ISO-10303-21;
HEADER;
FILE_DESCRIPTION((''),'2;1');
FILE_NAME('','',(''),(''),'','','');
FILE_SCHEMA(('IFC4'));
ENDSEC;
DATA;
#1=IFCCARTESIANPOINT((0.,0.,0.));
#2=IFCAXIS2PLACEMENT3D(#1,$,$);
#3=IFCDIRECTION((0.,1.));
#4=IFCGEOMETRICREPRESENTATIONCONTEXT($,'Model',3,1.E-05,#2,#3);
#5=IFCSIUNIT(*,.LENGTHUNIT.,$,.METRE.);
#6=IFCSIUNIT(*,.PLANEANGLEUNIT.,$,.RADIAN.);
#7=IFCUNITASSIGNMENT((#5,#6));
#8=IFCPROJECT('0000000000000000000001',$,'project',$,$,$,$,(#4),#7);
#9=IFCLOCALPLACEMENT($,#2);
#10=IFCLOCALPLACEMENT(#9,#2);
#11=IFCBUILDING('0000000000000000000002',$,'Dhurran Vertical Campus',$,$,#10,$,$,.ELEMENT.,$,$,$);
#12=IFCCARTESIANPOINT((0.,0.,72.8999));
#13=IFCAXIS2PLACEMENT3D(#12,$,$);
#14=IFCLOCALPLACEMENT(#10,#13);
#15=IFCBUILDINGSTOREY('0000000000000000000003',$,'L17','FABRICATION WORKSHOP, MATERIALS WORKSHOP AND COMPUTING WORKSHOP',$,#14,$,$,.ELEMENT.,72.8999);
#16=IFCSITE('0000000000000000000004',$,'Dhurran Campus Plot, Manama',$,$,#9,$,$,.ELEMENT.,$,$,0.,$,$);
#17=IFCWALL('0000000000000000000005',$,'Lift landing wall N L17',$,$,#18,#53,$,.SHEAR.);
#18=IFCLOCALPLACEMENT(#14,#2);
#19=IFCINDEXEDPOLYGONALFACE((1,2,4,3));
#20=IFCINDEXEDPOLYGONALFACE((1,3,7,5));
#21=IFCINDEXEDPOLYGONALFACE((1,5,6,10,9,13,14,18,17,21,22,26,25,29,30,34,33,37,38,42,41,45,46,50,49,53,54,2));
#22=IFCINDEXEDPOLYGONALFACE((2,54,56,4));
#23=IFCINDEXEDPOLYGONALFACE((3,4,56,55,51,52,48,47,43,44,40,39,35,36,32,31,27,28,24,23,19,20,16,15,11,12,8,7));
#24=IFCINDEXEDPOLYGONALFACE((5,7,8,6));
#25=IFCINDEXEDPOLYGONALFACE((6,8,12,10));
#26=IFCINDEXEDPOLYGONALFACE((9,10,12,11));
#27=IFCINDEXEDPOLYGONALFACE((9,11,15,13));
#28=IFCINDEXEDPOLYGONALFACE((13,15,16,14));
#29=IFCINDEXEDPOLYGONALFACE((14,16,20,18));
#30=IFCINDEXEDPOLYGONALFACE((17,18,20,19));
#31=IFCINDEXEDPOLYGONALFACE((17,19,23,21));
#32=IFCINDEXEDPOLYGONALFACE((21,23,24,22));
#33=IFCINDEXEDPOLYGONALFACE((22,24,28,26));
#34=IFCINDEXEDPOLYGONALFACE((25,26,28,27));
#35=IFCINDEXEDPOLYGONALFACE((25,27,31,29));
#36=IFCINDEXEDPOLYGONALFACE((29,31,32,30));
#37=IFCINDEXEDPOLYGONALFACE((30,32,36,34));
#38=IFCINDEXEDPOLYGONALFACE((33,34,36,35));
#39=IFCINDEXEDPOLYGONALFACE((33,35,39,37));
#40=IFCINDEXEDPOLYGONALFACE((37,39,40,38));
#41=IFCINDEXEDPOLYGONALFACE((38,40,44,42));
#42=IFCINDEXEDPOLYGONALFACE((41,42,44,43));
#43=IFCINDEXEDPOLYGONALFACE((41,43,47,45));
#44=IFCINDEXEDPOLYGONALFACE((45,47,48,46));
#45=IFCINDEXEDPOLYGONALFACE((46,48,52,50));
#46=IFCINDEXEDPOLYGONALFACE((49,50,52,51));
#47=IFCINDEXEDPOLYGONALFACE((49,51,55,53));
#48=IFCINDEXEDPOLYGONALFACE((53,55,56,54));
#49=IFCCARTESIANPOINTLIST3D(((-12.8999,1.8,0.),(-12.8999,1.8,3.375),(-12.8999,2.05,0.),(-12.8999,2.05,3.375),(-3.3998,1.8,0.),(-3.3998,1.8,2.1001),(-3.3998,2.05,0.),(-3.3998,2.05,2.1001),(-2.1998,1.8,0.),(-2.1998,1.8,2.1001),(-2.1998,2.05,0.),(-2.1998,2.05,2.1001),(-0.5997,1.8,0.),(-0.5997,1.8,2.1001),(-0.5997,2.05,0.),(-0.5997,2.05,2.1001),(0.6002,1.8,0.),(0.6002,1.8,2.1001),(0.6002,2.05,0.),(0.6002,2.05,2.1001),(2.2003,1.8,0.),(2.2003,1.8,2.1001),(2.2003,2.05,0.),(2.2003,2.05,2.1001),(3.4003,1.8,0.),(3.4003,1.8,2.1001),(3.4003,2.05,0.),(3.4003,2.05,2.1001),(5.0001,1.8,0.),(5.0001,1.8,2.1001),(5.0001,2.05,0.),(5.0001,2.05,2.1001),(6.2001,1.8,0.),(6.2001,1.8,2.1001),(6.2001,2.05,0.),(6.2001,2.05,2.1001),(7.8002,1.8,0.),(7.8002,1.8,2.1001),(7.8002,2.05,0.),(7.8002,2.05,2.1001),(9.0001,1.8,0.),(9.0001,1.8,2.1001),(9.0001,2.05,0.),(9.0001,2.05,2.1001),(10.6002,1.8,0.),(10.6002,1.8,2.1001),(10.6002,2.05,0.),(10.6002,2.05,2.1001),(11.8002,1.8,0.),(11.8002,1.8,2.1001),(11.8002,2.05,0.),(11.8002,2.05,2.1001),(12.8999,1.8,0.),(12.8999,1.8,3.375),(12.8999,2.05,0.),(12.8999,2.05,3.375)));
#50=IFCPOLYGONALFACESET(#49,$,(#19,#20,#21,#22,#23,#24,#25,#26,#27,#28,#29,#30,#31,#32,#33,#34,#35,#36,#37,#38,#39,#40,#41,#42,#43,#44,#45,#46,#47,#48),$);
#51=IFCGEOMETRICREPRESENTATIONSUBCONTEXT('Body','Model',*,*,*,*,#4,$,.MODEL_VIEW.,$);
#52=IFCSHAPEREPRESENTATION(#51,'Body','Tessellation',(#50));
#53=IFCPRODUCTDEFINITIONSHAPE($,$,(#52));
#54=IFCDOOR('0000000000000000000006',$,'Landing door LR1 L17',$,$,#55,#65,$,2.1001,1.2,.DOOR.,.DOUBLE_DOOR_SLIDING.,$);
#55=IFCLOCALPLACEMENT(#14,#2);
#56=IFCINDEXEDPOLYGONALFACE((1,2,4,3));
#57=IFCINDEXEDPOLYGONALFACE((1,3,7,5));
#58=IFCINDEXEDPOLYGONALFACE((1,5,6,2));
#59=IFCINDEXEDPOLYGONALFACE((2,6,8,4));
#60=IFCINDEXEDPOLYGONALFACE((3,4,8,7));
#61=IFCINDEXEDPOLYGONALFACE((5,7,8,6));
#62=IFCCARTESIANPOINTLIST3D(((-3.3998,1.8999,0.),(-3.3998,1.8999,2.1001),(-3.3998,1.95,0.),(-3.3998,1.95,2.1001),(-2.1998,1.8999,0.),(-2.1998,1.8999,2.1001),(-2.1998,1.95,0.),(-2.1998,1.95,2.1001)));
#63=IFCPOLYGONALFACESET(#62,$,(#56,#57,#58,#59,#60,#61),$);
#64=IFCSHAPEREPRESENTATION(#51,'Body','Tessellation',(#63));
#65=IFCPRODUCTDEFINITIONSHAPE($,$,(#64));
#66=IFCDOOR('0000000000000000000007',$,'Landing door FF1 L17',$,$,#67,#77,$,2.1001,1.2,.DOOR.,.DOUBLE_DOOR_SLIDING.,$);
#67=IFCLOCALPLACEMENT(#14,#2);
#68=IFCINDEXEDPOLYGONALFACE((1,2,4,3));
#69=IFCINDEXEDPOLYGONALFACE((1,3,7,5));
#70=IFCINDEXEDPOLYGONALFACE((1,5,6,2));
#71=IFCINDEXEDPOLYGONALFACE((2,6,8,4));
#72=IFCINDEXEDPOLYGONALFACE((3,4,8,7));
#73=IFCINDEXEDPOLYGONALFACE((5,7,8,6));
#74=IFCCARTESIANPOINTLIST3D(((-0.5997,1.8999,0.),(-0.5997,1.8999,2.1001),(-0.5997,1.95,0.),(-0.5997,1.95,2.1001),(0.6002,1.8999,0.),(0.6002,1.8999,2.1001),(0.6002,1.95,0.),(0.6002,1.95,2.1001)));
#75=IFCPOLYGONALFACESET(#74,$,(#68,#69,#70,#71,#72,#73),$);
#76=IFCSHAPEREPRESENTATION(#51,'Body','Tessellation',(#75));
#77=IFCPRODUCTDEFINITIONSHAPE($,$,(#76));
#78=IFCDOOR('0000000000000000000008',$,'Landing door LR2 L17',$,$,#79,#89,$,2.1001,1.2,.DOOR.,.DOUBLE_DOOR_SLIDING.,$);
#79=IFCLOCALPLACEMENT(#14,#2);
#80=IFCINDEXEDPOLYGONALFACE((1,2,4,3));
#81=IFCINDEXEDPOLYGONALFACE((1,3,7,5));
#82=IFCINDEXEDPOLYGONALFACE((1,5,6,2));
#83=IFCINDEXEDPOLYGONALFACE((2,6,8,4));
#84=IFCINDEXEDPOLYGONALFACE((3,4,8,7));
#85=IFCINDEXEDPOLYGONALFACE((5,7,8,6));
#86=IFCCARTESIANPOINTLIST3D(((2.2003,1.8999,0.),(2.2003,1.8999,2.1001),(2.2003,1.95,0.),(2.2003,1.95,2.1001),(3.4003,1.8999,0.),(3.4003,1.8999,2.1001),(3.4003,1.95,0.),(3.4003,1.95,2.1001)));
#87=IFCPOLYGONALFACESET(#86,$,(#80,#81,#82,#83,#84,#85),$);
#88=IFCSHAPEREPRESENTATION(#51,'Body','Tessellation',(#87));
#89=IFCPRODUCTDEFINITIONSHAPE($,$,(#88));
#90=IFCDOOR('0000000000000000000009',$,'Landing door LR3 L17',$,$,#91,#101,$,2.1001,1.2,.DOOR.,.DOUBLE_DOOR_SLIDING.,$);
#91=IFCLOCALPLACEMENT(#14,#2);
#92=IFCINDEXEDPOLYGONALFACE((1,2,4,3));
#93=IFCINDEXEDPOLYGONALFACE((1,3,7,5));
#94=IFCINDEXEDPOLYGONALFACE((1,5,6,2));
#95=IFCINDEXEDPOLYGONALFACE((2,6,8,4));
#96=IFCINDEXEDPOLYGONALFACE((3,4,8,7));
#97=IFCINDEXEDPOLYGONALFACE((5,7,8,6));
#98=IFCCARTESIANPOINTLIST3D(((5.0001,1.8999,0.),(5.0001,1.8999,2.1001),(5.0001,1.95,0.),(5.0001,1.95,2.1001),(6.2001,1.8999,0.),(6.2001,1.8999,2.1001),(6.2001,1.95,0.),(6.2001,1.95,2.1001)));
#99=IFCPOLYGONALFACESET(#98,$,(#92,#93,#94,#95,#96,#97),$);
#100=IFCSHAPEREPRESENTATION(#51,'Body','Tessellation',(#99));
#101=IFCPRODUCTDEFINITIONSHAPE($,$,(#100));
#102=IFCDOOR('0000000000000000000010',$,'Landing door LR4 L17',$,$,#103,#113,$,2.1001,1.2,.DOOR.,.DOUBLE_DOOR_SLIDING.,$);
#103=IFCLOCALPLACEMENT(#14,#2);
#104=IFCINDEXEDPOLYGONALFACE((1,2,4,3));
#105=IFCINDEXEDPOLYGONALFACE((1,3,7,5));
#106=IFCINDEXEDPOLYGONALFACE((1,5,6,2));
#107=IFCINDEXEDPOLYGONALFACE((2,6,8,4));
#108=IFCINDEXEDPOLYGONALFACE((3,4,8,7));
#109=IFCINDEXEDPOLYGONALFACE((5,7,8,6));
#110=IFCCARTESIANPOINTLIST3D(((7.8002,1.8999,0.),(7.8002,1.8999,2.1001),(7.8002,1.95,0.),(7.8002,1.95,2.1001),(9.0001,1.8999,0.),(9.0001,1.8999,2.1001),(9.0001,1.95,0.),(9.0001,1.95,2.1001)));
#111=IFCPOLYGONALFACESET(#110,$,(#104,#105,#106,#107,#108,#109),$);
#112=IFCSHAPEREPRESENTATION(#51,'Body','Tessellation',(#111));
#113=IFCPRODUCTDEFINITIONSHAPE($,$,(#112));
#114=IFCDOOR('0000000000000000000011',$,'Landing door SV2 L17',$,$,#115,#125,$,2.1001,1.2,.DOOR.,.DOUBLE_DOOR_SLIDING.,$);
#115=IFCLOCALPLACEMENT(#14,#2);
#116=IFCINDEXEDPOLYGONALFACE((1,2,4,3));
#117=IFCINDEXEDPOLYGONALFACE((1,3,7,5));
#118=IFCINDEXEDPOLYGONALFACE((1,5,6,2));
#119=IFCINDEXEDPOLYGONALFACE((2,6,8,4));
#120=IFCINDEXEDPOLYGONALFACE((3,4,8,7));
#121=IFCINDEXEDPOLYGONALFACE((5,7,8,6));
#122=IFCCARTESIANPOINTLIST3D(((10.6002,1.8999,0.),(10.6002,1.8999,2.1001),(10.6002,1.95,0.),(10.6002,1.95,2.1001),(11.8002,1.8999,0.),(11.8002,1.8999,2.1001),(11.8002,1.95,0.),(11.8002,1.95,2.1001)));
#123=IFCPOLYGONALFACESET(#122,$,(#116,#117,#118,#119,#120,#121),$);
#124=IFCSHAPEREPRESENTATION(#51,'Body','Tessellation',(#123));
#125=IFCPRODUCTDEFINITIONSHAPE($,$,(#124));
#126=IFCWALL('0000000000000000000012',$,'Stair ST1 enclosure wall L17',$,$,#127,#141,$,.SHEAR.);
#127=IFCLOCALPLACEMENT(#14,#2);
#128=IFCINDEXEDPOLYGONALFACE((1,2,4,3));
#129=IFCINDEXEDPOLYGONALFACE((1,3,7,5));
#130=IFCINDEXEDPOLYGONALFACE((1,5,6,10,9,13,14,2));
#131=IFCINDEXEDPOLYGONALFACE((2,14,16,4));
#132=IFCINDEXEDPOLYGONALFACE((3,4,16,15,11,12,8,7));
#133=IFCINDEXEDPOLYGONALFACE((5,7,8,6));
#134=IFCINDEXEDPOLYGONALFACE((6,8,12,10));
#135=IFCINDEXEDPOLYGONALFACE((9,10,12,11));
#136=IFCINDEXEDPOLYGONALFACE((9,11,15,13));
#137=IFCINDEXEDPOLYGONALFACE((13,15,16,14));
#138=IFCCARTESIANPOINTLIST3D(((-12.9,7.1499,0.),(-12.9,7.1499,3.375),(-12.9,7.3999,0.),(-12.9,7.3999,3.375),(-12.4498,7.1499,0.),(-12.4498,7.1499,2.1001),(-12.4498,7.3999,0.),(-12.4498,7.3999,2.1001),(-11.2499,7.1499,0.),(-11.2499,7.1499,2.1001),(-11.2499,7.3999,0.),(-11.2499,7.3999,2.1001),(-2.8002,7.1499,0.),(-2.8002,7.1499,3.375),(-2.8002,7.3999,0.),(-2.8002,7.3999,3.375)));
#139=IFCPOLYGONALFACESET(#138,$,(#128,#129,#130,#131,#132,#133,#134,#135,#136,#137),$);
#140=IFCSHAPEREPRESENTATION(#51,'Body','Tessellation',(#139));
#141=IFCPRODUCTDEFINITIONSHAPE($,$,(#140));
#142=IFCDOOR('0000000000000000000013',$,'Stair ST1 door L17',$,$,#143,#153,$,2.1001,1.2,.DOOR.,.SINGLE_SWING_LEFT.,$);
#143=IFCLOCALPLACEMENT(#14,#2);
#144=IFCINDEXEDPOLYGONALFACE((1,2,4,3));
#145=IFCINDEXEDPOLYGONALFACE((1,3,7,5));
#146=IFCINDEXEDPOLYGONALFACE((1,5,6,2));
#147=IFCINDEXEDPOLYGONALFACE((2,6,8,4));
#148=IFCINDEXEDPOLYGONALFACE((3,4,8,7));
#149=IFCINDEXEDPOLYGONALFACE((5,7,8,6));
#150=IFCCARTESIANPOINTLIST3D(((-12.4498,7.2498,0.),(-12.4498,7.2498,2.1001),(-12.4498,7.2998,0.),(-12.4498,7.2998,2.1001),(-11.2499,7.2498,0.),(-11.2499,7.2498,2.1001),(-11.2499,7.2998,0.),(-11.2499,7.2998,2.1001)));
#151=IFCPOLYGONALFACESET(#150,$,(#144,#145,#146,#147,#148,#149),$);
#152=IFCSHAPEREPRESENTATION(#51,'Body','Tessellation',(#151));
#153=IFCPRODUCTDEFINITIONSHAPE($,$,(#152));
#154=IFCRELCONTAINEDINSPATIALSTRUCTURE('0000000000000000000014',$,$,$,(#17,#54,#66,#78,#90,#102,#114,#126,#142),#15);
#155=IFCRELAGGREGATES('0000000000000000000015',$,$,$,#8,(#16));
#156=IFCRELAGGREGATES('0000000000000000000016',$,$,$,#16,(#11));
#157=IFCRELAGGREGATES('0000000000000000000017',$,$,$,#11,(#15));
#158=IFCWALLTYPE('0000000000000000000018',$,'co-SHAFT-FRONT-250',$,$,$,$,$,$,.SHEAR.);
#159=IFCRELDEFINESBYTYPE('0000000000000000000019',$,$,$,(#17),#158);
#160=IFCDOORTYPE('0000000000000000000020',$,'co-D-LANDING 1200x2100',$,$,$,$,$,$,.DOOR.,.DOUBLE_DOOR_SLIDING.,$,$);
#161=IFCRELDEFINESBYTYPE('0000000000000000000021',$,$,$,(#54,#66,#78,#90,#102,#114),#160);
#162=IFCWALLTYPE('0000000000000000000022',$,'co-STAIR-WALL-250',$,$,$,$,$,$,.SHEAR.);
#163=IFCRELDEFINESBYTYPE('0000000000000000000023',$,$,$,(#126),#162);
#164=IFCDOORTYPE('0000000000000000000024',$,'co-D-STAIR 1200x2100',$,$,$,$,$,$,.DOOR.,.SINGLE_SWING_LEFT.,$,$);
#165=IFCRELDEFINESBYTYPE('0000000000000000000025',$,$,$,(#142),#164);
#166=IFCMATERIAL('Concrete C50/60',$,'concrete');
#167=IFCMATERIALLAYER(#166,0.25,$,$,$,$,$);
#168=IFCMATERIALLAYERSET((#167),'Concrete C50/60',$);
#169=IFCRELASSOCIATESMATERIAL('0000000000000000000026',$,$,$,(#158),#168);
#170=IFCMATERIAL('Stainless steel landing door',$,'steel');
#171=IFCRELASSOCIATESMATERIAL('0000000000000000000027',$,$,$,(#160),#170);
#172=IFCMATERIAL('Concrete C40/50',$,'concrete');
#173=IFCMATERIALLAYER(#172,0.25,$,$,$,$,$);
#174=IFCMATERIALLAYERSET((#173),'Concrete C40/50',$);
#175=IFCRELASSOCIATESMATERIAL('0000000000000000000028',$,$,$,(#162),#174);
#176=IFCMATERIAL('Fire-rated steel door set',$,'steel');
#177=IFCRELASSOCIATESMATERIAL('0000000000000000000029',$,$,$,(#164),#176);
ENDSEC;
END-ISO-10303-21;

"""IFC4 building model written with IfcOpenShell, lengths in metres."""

from ifc_helpers import new_model, si_unit, direction, frame, frame_2d, origin, place, context, subcontext, project, spatial, rectangle, extrude, material, layer, layer_set, type_object, element, fill, save


model = new_model("IFC4")

# Units and contexts
model_context = context("Model", 3, precision=1e-05, world=origin(), true_north=direction((0.0, 1.0)))
body_context = subcontext(model_context, "Body", "Model", "MODEL_VIEW")
ifc_project = project(units=[si_unit("LENGTHUNIT", "METRE"), si_unit("PLANEANGLEUNIT", "RADIAN")], contexts=[model_context])

# Site, building, storey
site_placement = place(None, origin())
site = spatial("IfcSite", under=ifc_project, at=site_placement, Name="Dhurran Campus Plot, Manama", CompositionType="ELEMENT", RefElevation=0.0)
building_placement = place(site_placement, origin())
building = spatial("IfcBuilding", under=site, at=building_placement, Name="Dhurran Vertical Campus", CompositionType="ELEMENT")
storey_placement = place(building_placement, frame((0.0, 0.0, 72.8999)))
storey = spatial("IfcBuildingStorey", under=building, at=storey_placement, Name="L17", Description="FABRICATION WORKSHOP, MATERIALS WORKSHOP AND COMPUTING WORKSHOP", CompositionType="ELEMENT", Elevation=72.8999)

# Wall, openings, doors
ifc_material_1 = material(Name="Concrete C50/60", Category="concrete")
ifc_layer_1 = layer(ifc_material_1, 0.25)
ifc_layer_set_1 = layer_set([ifc_layer_1], Name="Concrete C50/60")
wall_type_1 = type_object("IfcWallType", Name="co-SHAFT-FRONT-250", PredefinedType="SHEAR", material=ifc_layer_set_1)
wall_1_placement = place(storey_placement, frame((-12.8999, 1.925, 0.0), z_axis=(0.0, 0.0, 1.0), x_axis=(1.0, 0.0, 0.0)))
wall_1 = element("IfcWall", 1, at=wall_1_placement, inside=storey, type_object=wall_type_1, Name="Lift landing wall N L17", PredefinedType="SHEAR", context=body_context, shape_type="SweptSolid", body=[
    extrude(rectangle(XDim=25.7998, YDim=0.25, at=frame_2d((12.8999, 0.0))), origin(), (0.0, 0.0, 1.0), 3.375),
])
opening_1_placement = place(wall_1_placement, frame((9.5, 0.0, 0.0)))
opening_1 = element("IfcOpeningElement", 2, at=opening_1_placement, cuts=wall_1, PredefinedType="OPENING", context=body_context, shape_type="SweptSolid", body=[
    extrude(rectangle(XDim=1.2, YDim=2.1001, at=frame_2d((0.6001, 1.05))), frame((0.0, 0.135, 0.0), z_axis=(0.0, -1.0, 0.0), x_axis=(1.0, 0.0, 0.0)), (0.0, 0.0, 1.0), 0.27),
])
opening_2_placement = place(wall_1_placement, frame((12.3, 0.0, 0.0)))
opening_2 = element("IfcOpeningElement", 3, at=opening_2_placement, cuts=wall_1, PredefinedType="OPENING", context=body_context, shape_type="SweptSolid", body=[
    extrude(rectangle(XDim=1.2, YDim=2.1001, at=frame_2d((0.6001, 1.05))), frame((0.0, 0.135, 0.0), z_axis=(0.0, -1.0, 0.0), x_axis=(1.0, 0.0, 0.0)), (0.0, 0.0, 1.0), 0.27),
])
opening_3_placement = place(wall_1_placement, frame((15.1001, 0.0, 0.0)))
opening_3 = element("IfcOpeningElement", 4, at=opening_3_placement, cuts=wall_1, PredefinedType="OPENING", context=body_context, shape_type="SweptSolid", body=[
    extrude(rectangle(XDim=1.2, YDim=2.1001, at=frame_2d((0.6001, 1.05))), frame((0.0, 0.135, 0.0), z_axis=(0.0, -1.0, 0.0), x_axis=(1.0, 0.0, 0.0)), (0.0, 0.0, 1.0), 0.27),
])
opening_4_placement = place(wall_1_placement, frame((17.8999, 0.0, 0.0)))
opening_4 = element("IfcOpeningElement", 5, at=opening_4_placement, cuts=wall_1, PredefinedType="OPENING", context=body_context, shape_type="SweptSolid", body=[
    extrude(rectangle(XDim=1.2, YDim=2.1001, at=frame_2d((0.6001, 1.05))), frame((0.0, 0.135, 0.0), z_axis=(0.0, -1.0, 0.0), x_axis=(1.0, 0.0, 0.0)), (0.0, 0.0, 1.0), 0.27),
])
opening_5_placement = place(wall_1_placement, frame((20.7, 0.0, 0.0)))
opening_5 = element("IfcOpeningElement", 6, at=opening_5_placement, cuts=wall_1, PredefinedType="OPENING", context=body_context, shape_type="SweptSolid", body=[
    extrude(rectangle(XDim=1.2, YDim=2.1001, at=frame_2d((0.6001, 1.05))), frame((0.0, 0.135, 0.0), z_axis=(0.0, -1.0, 0.0), x_axis=(1.0, 0.0, 0.0)), (0.0, 0.0, 1.0), 0.27),
])
opening_6_placement = place(wall_1_placement, frame((23.5, 0.0, 0.0)))
opening_6 = element("IfcOpeningElement", 7, at=opening_6_placement, cuts=wall_1, PredefinedType="OPENING", context=body_context, shape_type="SweptSolid", body=[
    extrude(rectangle(XDim=1.2, YDim=2.1001, at=frame_2d((0.6001, 1.05))), frame((0.0, 0.135, 0.0), z_axis=(0.0, -1.0, 0.0), x_axis=(1.0, 0.0, 0.0)), (0.0, 0.0, 1.0), 0.27),
])
ifc_material_2 = material(Name="Stainless steel landing door", Category="steel")
door_type_1 = type_object("IfcDoorType", Name="co-D-LANDING 1200x2100", OperationType="DOUBLE_DOOR_SLIDING", PredefinedType="DOOR", material=ifc_material_2)
door_1_placement = place(opening_1_placement, origin())
door_1 = element("IfcDoor", 8, at=door_1_placement, inside=storey, type_object=door_type_1, Name="Landing door LR1 L17", OperationType="DOUBLE_DOOR_SLIDING", OverallHeight=2.1001, OverallWidth=1.2, PredefinedType="DOOR", context=body_context, shape_type="SweptSolid", body=[
    extrude(rectangle(XDim=1.2, YDim=2.1001, at=frame_2d((0.6001, 1.05))), frame((0.0, 0.0249, 0.0), z_axis=(0.0, -1.0, 0.0), x_axis=(1.0, 0.0, 0.0)), (0.0, 0.0, 1.0), 0.05),
])
fill(opening_1, door_1)
door_2_placement = place(opening_2_placement, origin())
door_2 = element("IfcDoor", 9, at=door_2_placement, inside=storey, type_object=door_type_1, Name="Landing door FF1 L17", OperationType="DOUBLE_DOOR_SLIDING", OverallHeight=2.1001, OverallWidth=1.2, PredefinedType="DOOR", context=body_context, shape_type="SweptSolid", body=[
    extrude(rectangle(XDim=1.2, YDim=2.1001, at=frame_2d((0.6001, 1.05))), frame((0.0, 0.0249, 0.0), z_axis=(0.0, -1.0, 0.0), x_axis=(1.0, 0.0, 0.0)), (0.0, 0.0, 1.0), 0.05),
])
fill(opening_2, door_2)
door_3_placement = place(opening_3_placement, origin())
door_3 = element("IfcDoor", 10, at=door_3_placement, inside=storey, type_object=door_type_1, Name="Landing door LR2 L17", OperationType="DOUBLE_DOOR_SLIDING", OverallHeight=2.1001, OverallWidth=1.2, PredefinedType="DOOR", context=body_context, shape_type="SweptSolid", body=[
    extrude(rectangle(XDim=1.2, YDim=2.1001, at=frame_2d((0.6001, 1.05))), frame((0.0, 0.0249, 0.0), z_axis=(0.0, -1.0, 0.0), x_axis=(1.0, 0.0, 0.0)), (0.0, 0.0, 1.0), 0.05),
])
fill(opening_3, door_3)
door_4_placement = place(opening_4_placement, origin())
door_4 = element("IfcDoor", 11, at=door_4_placement, inside=storey, type_object=door_type_1, Name="Landing door LR3 L17", OperationType="DOUBLE_DOOR_SLIDING", OverallHeight=2.1001, OverallWidth=1.2, PredefinedType="DOOR", context=body_context, shape_type="SweptSolid", body=[
    extrude(rectangle(XDim=1.2, YDim=2.1001, at=frame_2d((0.6001, 1.05))), frame((0.0, 0.0249, 0.0), z_axis=(0.0, -1.0, 0.0), x_axis=(1.0, 0.0, 0.0)), (0.0, 0.0, 1.0), 0.05),
])
fill(opening_4, door_4)
door_5_placement = place(opening_5_placement, origin())
door_5 = element("IfcDoor", 12, at=door_5_placement, inside=storey, type_object=door_type_1, Name="Landing door LR4 L17", OperationType="DOUBLE_DOOR_SLIDING", OverallHeight=2.1001, OverallWidth=1.2, PredefinedType="DOOR", context=body_context, shape_type="SweptSolid", body=[
    extrude(rectangle(XDim=1.2, YDim=2.1001, at=frame_2d((0.6001, 1.05))), frame((0.0, 0.0249, 0.0), z_axis=(0.0, -1.0, 0.0), x_axis=(1.0, 0.0, 0.0)), (0.0, 0.0, 1.0), 0.05),
])
fill(opening_5, door_5)
door_6_placement = place(opening_6_placement, origin())
door_6 = element("IfcDoor", 13, at=door_6_placement, inside=storey, type_object=door_type_1, Name="Landing door SV2 L17", OperationType="DOUBLE_DOOR_SLIDING", OverallHeight=2.1001, OverallWidth=1.2, PredefinedType="DOOR", context=body_context, shape_type="SweptSolid", body=[
    extrude(rectangle(XDim=1.2, YDim=2.1001, at=frame_2d((0.6001, 1.05))), frame((0.0, 0.0249, 0.0), z_axis=(0.0, -1.0, 0.0), x_axis=(1.0, 0.0, 0.0)), (0.0, 0.0, 1.0), 0.05),
])
fill(opening_6, door_6)

# Wall, opening, door
ifc_material_3 = material(Name="Concrete C40/50", Category="concrete")
ifc_layer_2 = layer(ifc_material_3, 0.25)
ifc_layer_set_2 = layer_set([ifc_layer_2], Name="Concrete C40/50")
wall_type_2 = type_object("IfcWallType", Name="co-STAIR-WALL-250", PredefinedType="SHEAR", material=ifc_layer_set_2)
wall_2_placement = place(storey_placement, frame((-12.8999, 7.2749, 0.0), z_axis=(0.0, 0.0, 1.0), x_axis=(1.0, 0.0, 0.0)))
wall_2 = element("IfcWall", 14, at=wall_2_placement, inside=storey, type_object=wall_type_2, Name="Stair ST1 enclosure wall L17", PredefinedType="SHEAR", context=body_context, shape_type="SweptSolid", body=[
    extrude(rectangle(XDim=10.0999, YDim=0.25, at=frame_2d((5.0498, 0.0))), origin(), (0.0, 0.0, 1.0), 3.375),
])
opening_7_placement = place(wall_2_placement, frame((0.45, 0.0, 0.0)))
opening_7 = element("IfcOpeningElement", 15, at=opening_7_placement, cuts=wall_2, PredefinedType="OPENING", context=body_context, shape_type="SweptSolid", body=[
    extrude(rectangle(XDim=1.2, YDim=2.1001, at=frame_2d((0.6001, 1.05))), frame((0.0, 0.135, 0.0), z_axis=(0.0, -1.0, 0.0), x_axis=(1.0, 0.0, 0.0)), (0.0, 0.0, 1.0), 0.27),
])
ifc_material_4 = material(Name="Fire-rated steel door set", Category="steel")
door_type_2 = type_object("IfcDoorType", Name="co-D-STAIR 1200x2100", OperationType="SINGLE_SWING_LEFT", PredefinedType="DOOR", material=ifc_material_4)
door_7_placement = place(opening_7_placement, origin())
door_7 = element("IfcDoor", 16, at=door_7_placement, inside=storey, type_object=door_type_2, Name="Stair ST1 door L17", OperationType="SINGLE_SWING_LEFT", OverallHeight=2.1001, OverallWidth=1.2, PredefinedType="DOOR", context=body_context, shape_type="SweptSolid", body=[
    extrude(rectangle(XDim=1.2, YDim=2.1001, at=frame_2d((0.6001, 1.05))), frame((0.0, 0.0249, 0.0), z_axis=(0.0, -1.0, 0.0), x_axis=(1.0, 0.0, 0.0)), (0.0, 0.0, 1.0), 0.05),
])
fill(opening_7, door_7)

save(model, "model.ifc")
